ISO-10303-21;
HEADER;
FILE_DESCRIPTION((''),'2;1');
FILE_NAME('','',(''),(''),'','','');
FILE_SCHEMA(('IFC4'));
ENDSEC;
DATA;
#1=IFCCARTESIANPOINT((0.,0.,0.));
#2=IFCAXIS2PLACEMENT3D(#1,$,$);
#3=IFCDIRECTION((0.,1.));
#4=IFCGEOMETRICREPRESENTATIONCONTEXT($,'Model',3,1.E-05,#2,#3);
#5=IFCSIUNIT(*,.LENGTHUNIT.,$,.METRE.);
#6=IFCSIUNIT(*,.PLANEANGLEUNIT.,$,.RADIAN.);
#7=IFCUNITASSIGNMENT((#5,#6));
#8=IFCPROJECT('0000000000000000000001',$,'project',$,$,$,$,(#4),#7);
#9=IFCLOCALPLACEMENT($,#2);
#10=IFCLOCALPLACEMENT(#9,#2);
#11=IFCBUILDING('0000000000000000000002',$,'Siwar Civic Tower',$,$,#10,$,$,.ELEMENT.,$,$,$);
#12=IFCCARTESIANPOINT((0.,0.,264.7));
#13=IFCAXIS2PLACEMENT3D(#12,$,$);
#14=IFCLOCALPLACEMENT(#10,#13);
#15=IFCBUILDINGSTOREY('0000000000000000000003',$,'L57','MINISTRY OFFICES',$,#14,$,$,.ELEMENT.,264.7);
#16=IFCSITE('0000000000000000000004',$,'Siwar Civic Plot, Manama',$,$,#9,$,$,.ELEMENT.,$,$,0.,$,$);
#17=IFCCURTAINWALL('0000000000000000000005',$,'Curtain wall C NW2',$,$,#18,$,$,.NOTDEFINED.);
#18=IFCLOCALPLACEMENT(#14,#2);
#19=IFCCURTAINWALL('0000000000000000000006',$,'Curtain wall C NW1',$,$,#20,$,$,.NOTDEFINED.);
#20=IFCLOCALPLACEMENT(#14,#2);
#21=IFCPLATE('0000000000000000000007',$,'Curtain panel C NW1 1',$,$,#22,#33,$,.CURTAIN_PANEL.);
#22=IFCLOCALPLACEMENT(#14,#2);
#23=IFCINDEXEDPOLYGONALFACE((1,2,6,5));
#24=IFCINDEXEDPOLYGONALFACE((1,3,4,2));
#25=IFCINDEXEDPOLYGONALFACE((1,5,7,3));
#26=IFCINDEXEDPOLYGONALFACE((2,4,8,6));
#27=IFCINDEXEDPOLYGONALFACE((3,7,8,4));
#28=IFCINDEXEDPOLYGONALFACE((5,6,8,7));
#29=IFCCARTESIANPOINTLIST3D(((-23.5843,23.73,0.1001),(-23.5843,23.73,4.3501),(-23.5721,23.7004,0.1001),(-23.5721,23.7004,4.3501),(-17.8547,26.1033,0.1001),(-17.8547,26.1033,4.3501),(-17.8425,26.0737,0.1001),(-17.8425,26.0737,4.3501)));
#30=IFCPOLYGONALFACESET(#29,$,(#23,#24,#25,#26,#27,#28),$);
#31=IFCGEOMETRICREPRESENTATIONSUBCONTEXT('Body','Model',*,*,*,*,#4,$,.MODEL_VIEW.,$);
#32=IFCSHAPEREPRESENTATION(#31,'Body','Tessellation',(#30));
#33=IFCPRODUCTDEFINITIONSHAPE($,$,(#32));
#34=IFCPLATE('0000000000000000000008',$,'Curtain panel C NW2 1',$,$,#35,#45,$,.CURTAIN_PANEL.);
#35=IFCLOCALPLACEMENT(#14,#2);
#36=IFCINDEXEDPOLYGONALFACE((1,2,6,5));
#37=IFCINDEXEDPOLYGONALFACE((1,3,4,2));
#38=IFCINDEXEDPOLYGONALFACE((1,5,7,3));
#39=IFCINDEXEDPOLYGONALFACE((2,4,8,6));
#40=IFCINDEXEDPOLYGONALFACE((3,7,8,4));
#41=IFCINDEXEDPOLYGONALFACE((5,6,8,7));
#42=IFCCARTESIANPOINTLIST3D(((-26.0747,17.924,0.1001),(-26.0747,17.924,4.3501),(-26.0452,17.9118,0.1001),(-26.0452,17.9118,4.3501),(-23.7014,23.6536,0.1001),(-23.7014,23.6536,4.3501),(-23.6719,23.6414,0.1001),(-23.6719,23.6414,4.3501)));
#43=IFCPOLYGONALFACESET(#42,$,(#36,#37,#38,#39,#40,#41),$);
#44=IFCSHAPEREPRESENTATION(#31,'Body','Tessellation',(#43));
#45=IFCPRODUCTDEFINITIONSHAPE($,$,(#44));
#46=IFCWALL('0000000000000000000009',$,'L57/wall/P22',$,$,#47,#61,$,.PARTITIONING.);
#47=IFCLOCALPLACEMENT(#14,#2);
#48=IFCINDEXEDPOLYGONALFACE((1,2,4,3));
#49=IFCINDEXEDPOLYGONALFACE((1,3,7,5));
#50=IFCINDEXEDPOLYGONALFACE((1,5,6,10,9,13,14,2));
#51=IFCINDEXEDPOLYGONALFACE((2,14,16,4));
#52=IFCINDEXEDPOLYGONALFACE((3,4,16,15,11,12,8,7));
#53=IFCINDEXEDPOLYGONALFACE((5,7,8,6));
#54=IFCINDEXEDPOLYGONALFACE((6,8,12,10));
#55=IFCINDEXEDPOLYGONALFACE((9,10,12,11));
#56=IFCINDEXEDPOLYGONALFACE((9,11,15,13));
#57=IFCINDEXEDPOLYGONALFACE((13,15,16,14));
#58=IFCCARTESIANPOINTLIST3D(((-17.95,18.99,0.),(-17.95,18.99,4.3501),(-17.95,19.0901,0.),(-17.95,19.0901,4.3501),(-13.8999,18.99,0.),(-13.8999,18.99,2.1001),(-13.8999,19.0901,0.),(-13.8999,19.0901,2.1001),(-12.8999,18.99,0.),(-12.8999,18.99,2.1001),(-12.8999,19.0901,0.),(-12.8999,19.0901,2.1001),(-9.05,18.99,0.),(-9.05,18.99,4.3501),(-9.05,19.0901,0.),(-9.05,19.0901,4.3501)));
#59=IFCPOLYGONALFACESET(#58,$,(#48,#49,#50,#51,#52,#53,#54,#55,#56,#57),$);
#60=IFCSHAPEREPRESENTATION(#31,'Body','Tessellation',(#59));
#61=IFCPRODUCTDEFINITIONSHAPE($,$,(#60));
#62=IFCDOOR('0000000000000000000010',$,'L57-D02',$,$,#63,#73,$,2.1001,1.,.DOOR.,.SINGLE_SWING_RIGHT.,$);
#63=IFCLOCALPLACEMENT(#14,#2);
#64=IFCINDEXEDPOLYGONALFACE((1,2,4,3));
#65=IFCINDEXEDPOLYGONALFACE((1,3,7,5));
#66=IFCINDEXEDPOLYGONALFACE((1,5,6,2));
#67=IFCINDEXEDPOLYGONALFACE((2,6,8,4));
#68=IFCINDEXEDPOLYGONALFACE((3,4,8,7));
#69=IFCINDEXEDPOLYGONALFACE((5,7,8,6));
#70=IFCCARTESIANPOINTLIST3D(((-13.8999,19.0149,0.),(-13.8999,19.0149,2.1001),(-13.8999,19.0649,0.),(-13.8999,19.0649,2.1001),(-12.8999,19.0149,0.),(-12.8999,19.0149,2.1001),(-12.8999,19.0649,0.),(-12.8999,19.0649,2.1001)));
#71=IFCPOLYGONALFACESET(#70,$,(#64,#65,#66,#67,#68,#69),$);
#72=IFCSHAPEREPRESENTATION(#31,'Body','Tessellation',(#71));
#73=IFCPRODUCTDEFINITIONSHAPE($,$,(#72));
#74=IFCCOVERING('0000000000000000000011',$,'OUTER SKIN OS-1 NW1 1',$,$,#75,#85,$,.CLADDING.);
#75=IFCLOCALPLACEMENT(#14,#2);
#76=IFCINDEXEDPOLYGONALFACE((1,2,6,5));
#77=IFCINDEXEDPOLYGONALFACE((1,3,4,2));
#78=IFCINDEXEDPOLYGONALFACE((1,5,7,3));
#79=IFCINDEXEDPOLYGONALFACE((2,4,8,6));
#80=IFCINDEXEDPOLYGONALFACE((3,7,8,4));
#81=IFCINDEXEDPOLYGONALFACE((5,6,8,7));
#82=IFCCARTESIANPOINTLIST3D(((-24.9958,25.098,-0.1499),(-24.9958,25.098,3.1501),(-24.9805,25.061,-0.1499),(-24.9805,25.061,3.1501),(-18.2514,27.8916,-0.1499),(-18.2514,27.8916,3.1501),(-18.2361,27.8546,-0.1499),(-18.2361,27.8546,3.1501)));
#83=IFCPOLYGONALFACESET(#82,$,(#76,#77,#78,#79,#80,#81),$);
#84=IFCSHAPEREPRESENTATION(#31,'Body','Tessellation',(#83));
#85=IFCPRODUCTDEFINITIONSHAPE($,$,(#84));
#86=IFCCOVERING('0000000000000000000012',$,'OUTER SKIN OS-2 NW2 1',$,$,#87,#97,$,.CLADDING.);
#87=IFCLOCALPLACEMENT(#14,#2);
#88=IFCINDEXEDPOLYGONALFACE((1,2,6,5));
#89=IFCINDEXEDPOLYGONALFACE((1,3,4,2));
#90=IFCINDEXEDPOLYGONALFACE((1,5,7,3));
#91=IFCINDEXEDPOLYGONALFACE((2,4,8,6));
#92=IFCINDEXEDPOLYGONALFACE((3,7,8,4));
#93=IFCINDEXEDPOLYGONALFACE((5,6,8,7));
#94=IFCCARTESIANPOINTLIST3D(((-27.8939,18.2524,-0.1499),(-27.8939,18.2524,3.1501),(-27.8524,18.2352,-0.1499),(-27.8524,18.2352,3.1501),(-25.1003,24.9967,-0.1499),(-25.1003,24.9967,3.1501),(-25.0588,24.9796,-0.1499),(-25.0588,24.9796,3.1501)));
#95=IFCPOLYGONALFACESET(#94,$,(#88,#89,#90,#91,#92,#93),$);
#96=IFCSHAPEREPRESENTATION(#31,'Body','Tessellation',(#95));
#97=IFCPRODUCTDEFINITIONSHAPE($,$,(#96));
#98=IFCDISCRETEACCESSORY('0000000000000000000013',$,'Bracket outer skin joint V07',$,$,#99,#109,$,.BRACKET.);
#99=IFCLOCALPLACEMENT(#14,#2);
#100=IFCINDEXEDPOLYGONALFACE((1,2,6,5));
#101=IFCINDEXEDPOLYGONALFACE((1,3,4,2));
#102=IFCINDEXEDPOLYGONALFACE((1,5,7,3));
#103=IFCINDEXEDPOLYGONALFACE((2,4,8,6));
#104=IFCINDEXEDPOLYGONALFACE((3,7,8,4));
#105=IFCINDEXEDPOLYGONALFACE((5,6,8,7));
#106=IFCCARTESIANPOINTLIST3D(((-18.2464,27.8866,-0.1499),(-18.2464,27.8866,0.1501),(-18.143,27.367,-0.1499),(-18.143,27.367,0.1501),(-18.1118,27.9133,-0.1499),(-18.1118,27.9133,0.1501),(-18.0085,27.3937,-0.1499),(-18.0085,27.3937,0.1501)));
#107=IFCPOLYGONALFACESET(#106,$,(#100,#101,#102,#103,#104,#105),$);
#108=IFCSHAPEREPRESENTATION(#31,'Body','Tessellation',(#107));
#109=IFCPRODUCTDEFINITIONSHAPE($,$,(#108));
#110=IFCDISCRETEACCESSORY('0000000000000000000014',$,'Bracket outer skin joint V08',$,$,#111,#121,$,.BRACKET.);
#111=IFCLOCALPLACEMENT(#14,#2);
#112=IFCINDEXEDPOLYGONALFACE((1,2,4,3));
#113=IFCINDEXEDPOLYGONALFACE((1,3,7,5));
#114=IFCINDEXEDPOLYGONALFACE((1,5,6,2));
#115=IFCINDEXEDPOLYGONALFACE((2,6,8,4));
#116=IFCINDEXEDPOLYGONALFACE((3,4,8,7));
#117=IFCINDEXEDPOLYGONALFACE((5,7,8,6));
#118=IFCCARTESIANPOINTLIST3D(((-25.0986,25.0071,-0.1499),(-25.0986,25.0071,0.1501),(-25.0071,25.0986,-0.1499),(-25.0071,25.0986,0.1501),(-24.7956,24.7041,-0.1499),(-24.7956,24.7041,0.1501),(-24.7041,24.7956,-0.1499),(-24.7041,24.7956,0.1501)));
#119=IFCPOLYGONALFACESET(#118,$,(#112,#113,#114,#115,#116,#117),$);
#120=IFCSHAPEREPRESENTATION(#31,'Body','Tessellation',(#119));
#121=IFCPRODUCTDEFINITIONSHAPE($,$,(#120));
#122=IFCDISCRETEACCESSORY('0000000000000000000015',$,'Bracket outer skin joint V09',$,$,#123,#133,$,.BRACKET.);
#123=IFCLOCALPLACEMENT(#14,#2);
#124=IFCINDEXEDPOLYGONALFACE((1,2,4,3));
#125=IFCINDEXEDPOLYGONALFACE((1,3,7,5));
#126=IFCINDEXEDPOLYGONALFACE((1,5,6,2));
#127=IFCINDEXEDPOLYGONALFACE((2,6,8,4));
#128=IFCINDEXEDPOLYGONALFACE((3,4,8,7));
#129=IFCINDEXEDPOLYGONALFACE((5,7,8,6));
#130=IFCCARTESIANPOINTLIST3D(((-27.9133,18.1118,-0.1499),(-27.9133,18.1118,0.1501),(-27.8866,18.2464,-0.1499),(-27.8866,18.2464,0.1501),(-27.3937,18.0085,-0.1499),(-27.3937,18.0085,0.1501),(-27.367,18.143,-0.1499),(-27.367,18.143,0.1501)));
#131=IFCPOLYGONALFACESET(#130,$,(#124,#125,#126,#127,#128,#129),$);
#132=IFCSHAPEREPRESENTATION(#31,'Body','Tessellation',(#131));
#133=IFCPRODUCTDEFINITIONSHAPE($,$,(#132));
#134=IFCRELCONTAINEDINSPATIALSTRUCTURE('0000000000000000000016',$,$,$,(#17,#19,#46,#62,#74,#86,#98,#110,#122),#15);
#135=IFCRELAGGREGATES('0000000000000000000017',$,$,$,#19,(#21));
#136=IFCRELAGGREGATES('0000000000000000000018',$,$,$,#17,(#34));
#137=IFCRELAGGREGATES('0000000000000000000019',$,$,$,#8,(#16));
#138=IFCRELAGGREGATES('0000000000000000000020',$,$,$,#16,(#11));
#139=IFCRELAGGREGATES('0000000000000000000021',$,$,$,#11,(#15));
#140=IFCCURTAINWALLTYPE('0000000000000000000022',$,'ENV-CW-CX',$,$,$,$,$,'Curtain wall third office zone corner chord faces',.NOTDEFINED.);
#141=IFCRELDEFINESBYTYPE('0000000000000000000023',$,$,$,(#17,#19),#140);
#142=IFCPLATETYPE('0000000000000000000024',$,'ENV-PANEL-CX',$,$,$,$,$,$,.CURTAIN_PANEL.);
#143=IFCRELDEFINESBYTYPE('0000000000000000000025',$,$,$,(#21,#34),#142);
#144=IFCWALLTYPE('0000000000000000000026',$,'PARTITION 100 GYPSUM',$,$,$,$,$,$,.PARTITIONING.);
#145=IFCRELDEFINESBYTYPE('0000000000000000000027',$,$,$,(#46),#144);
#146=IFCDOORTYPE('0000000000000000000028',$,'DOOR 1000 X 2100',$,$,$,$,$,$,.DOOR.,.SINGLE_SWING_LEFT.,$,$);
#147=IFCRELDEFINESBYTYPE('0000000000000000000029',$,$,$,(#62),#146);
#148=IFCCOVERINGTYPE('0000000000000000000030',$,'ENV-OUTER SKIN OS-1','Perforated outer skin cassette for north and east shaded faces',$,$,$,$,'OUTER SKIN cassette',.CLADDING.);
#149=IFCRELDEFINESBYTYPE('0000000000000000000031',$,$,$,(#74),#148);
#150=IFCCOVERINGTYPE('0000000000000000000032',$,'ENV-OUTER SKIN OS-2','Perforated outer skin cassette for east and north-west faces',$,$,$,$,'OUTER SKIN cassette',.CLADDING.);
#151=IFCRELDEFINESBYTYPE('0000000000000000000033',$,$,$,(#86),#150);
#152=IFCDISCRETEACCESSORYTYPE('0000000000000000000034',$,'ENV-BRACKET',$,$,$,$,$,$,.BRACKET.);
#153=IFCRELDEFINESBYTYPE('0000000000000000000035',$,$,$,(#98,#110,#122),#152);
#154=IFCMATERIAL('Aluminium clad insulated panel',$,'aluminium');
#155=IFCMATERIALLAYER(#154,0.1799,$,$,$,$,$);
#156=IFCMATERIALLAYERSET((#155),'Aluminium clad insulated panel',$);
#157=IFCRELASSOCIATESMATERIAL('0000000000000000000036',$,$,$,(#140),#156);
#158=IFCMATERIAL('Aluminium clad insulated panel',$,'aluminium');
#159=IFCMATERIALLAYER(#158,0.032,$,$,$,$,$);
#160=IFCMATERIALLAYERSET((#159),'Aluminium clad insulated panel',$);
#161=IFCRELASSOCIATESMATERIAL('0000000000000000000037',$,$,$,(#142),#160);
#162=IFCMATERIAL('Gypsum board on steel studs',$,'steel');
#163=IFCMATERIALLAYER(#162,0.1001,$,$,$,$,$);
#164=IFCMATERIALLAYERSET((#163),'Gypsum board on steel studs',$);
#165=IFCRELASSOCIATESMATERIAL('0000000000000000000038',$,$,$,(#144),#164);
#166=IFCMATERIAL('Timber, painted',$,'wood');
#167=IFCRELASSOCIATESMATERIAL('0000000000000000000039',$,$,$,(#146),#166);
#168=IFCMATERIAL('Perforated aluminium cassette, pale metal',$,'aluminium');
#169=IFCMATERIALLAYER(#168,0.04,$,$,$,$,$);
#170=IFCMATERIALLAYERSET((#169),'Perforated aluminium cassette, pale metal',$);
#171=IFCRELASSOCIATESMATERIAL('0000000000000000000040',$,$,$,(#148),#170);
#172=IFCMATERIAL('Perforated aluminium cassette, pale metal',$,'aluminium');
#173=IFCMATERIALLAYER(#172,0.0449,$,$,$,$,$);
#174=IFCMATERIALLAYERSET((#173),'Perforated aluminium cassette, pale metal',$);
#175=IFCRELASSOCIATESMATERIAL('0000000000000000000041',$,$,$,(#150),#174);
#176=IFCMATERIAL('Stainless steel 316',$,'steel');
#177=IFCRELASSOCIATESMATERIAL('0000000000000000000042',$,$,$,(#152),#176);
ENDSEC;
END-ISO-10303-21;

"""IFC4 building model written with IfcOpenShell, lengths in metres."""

from ifc_helpers import new_model, si_unit, direction, frame, frame_2d, origin, origin_2d, place, context, subcontext, project, spatial, rectangle, extrude, material, layer, layer_set, type_object, element, fill, aggregate, save


model = new_model("IFC4")

# Units and contexts
model_context = context("Model", 3, precision=1e-05, world=origin(), true_north=direction((0.0, 1.0)))
body_context = subcontext(model_context, "Body", "Model", "MODEL_VIEW")
ifc_project = project(units=[si_unit("LENGTHUNIT", "METRE"), si_unit("PLANEANGLEUNIT", "RADIAN")], contexts=[model_context])

# Site, building, storey
site_placement = place(None, origin())
site = spatial("IfcSite", under=ifc_project, at=site_placement, Name="Siwar Civic Plot, Manama", CompositionType="ELEMENT", RefElevation=0.0)
building_placement = place(site_placement, origin())
building = spatial("IfcBuilding", under=site, at=building_placement, Name="Siwar Civic Tower", CompositionType="ELEMENT")
storey_placement = place(building_placement, frame((0.0, 0.0, 264.7)))
storey = spatial("IfcBuildingStorey", under=building, at=storey_placement, Name="L57", Description="MINISTRY OFFICES", CompositionType="ELEMENT", Elevation=264.7)

# Curtain wall
ifc_material_1 = material(Name="Aluminium clad insulated panel", Category="aluminium")
ifc_layer_1 = layer(ifc_material_1, 0.1799)
ifc_layer_set_1 = layer_set([ifc_layer_1], Name="Aluminium clad insulated panel")
curtain_wall_type_1 = type_object("IfcCurtainWallType", Name="ENV-CW-CX", ElementType="Curtain wall third office zone corner chord faces", PredefinedType="NOTDEFINED", material=ifc_layer_set_1)
curtain_wall_1_placement = place(storey_placement, origin())
curtain_wall_1 = element("IfcCurtainWall", 1, at=curtain_wall_1_placement, inside=storey, type_object=curtain_wall_type_1, Name="Curtain wall C NW2", PredefinedType="NOTDEFINED")

# Curtain wall, plate
curtain_wall_2_placement = place(storey_placement, origin())
curtain_wall_2 = element("IfcCurtainWall", 2, at=curtain_wall_2_placement, inside=storey, type_object=curtain_wall_type_1, Name="Curtain wall C NW1", PredefinedType="NOTDEFINED")
ifc_material_2 = material(Name="Aluminium clad insulated panel", Category="aluminium")
ifc_layer_2 = layer(ifc_material_2, 0.032)
ifc_layer_set_2 = layer_set([ifc_layer_2], Name="Aluminium clad insulated panel")
plate_type = type_object("IfcPlateType", Name="ENV-PANEL-CX", PredefinedType="CURTAIN_PANEL", material=ifc_layer_set_2)
plate_1_placement = place(storey_placement, frame((-20.7134, 24.9019, 0.1001), z_axis=(0.0, 0.0, 1.0), x_axis=(-0.92388, -0.382683, 0.0)))
plate_1 = element("IfcPlate", 3, at=plate_1_placement, type_object=plate_type, Name="Curtain panel C NW1 1", PredefinedType="CURTAIN_PANEL", context=body_context, shape_type="SweptSolid", body=[
    extrude(rectangle(XDim=6.2017, YDim=0.032, at=origin_2d()), origin(), (0.0, 0.0, 1.0), 4.25),
])
aggregate(curtain_wall_2, [plate_1])

# Plate
plate_2_placement = place(storey_placement, frame((-24.8733, 20.7827, 0.1001), z_axis=(0.0, 0.0, 1.0), x_axis=(-0.382683, -0.92388, 0.0)))
plate_2 = element("IfcPlate", 4, at=plate_2_placement, type_object=plate_type, Name="Curtain panel C NW2 1", PredefinedType="CURTAIN_PANEL", context=body_context, shape_type="SweptSolid", body=[
    extrude(rectangle(XDim=6.2017, YDim=0.032, at=origin_2d()), origin(), (0.0, 0.0, 1.0), 4.25),
])
aggregate(curtain_wall_1, [plate_2])

# Wall, opening, door
ifc_material_3 = material(Name="Gypsum board on steel studs", Category="steel")
ifc_layer_3 = layer(ifc_material_3, 0.1001)
ifc_layer_set_3 = layer_set([ifc_layer_3], Name="Gypsum board on steel studs")
wall_type = type_object("IfcWallType", Name="PARTITION 100 GYPSUM", PredefinedType="PARTITIONING", material=ifc_layer_set_3)
wall_placement = place(storey_placement, frame((-17.95, 19.04, 0.0), z_axis=(0.0, 0.0, 1.0), x_axis=(1.0, 0.0, 0.0)))
wall = element("IfcWall", 5, at=wall_placement, inside=storey, type_object=wall_type, Name="L57/wall/P22", PredefinedType="PARTITIONING", context=body_context, shape_type="SweptSolid", body=[
    extrude(rectangle(XDim=8.8999, YDim=0.1001, at=frame_2d((4.45, 0.0))), origin(), (0.0, 0.0, 1.0), 4.3501),
])
opening_placement = place(wall_placement, frame((4.05, 0.0, 0.0)))
opening = element("IfcOpeningElement", 6, at=opening_placement, cuts=wall, PredefinedType="OPENING", context=body_context, shape_type="SweptSolid", body=[
    extrude(rectangle(XDim=1.0, YDim=2.1001, at=frame_2d((0.5, 1.05))), frame((0.0, 0.0601, 0.0), z_axis=(0.0, -1.0, 0.0), x_axis=(1.0, 0.0, 0.0)), (0.0, 0.0, 1.0), 0.1201),
])
ifc_material_4 = material(Name="Timber, painted", Category="wood")
door_type = type_object("IfcDoorType", Name="DOOR 1000 X 2100", OperationType="SINGLE_SWING_LEFT", PredefinedType="DOOR", material=ifc_material_4)
door_placement = place(opening_placement, origin())
door = element("IfcDoor", 7, at=door_placement, inside=storey, type_object=door_type, Name="L57-D02", OperationType="SINGLE_SWING_RIGHT", OverallHeight=2.1001, OverallWidth=1.0, PredefinedType="DOOR", context=body_context, shape_type="SweptSolid", body=[
    extrude(rectangle(XDim=1.0, YDim=2.1001, at=frame_2d((0.5, 1.05))), frame((0.0, 0.0249, 0.0), z_axis=(0.0, -1.0, 0.0), x_axis=(1.0, 0.0, 0.0)), (0.0, 0.0, 1.0), 0.05),
])
fill(opening, door)

# Coverings
ifc_material_5 = material(Name="Perforated aluminium cassette, pale metal", Category="aluminium")
ifc_layer_4 = layer(ifc_material_5, 0.04)
ifc_layer_set_4 = layer_set([ifc_layer_4], Name="Perforated aluminium cassette, pale metal")
covering_type_1 = type_object("IfcCoveringType", Name="ENV-OUTER SKIN OS-1", Description="Perforated outer skin cassette for north and east shaded faces", ElementType="OUTER SKIN cassette", PredefinedType="CLADDING", material=ifc_layer_set_4)
covering_1_placement = place(storey_placement, frame((-21.616, 26.4763, -0.1499), z_axis=(0.0, 0.0, 1.0), x_axis=(-0.92388, -0.382683, 0.0)))
element("IfcCovering", 8, at=covering_1_placement, inside=storey, type_object=covering_type_1, Name="OUTER SKIN OS-1 NW1 1", PredefinedType="CLADDING", context=body_context, shape_type="SweptSolid", body=[
    extrude(rectangle(XDim=7.3, YDim=0.04, at=origin_2d()), origin(), (0.0, 0.0, 1.0), 3.3),
])
ifc_material_6 = material(Name="Perforated aluminium cassette, pale metal", Category="aluminium")
ifc_layer_5 = layer(ifc_material_6, 0.0449)
ifc_layer_set_5 = layer_set([ifc_layer_5], Name="Perforated aluminium cassette, pale metal")
covering_type_2 = type_object("IfcCoveringType", Name="ENV-OUTER SKIN OS-2", Description="Perforated outer skin cassette for east and north-west faces", ElementType="OUTER SKIN cassette", PredefinedType="CLADDING", material=ifc_layer_set_5)
covering_2_placement = place(storey_placement, frame((-26.4763, 21.616, -0.1499), z_axis=(0.0, 0.0, 1.0), x_axis=(-0.382683, -0.92388, 0.0)))
element("IfcCovering", 9, at=covering_2_placement, inside=storey, type_object=covering_type_2, Name="OUTER SKIN OS-2 NW2 1", PredefinedType="CLADDING", context=body_context, shape_type="SweptSolid", body=[
    extrude(rectangle(XDim=7.3, YDim=0.0449, at=origin_2d()), origin(), (0.0, 0.0, 1.0), 3.3),
])

# Discrete accessories
ifc_material_7 = material(Name="Stainless steel 316", Category="steel")
discrete_accessory_type = type_object("IfcDiscreteAccessoryType", Name="ENV-BRACKET", PredefinedType="BRACKET", material=ifc_material_7)
discrete_accessory_1_placement = place(storey_placement, frame((-18.1274, 27.6401, -0.1499), z_axis=(0.0, 0.0, 1.0), x_axis=(-0.19509, 0.980785, 0.0)))
element("IfcDiscreteAccessory", 10, at=discrete_accessory_1_placement, inside=storey, type_object=discrete_accessory_type, Name="Bracket outer skin joint V07", PredefinedType="BRACKET", context=body_context, shape_type="SweptSolid", body=[
    extrude(rectangle(XDim=0.5298, YDim=0.1372, at=origin_2d()), origin(), (0.0, 0.0, 1.0), 0.3),
])
discrete_accessory_2_placement = place(storey_placement, frame((-24.9014, 24.9014, -0.1499), z_axis=(0.0, 0.0, 1.0), x_axis=(-0.707107, 0.707107, 0.0)))
element("IfcDiscreteAccessory", 11, at=discrete_accessory_2_placement, inside=storey, type_object=discrete_accessory_type, Name="Bracket outer skin joint V08", PredefinedType="BRACKET", context=body_context, shape_type="SweptSolid", body=[
    extrude(rectangle(XDim=0.4285, YDim=0.1294, at=origin_2d()), origin(), (0.0, 0.0, 1.0), 0.3),
])
discrete_accessory_3_placement = place(storey_placement, frame((-27.6401, 18.1274, -0.1499), z_axis=(0.0, 0.0, 1.0), x_axis=(-0.980785, 0.19509, 0.0)))
element("IfcDiscreteAccessory", 12, at=discrete_accessory_3_placement, inside=storey, type_object=discrete_accessory_type, Name="Bracket outer skin joint V09", PredefinedType="BRACKET", context=body_context, shape_type="SweptSolid", body=[
    extrude(rectangle(XDim=0.5298, YDim=0.1372, at=origin_2d()), origin(), (0.0, 0.0, 1.0), 0.3),
])

save(model, "model.ifc")
